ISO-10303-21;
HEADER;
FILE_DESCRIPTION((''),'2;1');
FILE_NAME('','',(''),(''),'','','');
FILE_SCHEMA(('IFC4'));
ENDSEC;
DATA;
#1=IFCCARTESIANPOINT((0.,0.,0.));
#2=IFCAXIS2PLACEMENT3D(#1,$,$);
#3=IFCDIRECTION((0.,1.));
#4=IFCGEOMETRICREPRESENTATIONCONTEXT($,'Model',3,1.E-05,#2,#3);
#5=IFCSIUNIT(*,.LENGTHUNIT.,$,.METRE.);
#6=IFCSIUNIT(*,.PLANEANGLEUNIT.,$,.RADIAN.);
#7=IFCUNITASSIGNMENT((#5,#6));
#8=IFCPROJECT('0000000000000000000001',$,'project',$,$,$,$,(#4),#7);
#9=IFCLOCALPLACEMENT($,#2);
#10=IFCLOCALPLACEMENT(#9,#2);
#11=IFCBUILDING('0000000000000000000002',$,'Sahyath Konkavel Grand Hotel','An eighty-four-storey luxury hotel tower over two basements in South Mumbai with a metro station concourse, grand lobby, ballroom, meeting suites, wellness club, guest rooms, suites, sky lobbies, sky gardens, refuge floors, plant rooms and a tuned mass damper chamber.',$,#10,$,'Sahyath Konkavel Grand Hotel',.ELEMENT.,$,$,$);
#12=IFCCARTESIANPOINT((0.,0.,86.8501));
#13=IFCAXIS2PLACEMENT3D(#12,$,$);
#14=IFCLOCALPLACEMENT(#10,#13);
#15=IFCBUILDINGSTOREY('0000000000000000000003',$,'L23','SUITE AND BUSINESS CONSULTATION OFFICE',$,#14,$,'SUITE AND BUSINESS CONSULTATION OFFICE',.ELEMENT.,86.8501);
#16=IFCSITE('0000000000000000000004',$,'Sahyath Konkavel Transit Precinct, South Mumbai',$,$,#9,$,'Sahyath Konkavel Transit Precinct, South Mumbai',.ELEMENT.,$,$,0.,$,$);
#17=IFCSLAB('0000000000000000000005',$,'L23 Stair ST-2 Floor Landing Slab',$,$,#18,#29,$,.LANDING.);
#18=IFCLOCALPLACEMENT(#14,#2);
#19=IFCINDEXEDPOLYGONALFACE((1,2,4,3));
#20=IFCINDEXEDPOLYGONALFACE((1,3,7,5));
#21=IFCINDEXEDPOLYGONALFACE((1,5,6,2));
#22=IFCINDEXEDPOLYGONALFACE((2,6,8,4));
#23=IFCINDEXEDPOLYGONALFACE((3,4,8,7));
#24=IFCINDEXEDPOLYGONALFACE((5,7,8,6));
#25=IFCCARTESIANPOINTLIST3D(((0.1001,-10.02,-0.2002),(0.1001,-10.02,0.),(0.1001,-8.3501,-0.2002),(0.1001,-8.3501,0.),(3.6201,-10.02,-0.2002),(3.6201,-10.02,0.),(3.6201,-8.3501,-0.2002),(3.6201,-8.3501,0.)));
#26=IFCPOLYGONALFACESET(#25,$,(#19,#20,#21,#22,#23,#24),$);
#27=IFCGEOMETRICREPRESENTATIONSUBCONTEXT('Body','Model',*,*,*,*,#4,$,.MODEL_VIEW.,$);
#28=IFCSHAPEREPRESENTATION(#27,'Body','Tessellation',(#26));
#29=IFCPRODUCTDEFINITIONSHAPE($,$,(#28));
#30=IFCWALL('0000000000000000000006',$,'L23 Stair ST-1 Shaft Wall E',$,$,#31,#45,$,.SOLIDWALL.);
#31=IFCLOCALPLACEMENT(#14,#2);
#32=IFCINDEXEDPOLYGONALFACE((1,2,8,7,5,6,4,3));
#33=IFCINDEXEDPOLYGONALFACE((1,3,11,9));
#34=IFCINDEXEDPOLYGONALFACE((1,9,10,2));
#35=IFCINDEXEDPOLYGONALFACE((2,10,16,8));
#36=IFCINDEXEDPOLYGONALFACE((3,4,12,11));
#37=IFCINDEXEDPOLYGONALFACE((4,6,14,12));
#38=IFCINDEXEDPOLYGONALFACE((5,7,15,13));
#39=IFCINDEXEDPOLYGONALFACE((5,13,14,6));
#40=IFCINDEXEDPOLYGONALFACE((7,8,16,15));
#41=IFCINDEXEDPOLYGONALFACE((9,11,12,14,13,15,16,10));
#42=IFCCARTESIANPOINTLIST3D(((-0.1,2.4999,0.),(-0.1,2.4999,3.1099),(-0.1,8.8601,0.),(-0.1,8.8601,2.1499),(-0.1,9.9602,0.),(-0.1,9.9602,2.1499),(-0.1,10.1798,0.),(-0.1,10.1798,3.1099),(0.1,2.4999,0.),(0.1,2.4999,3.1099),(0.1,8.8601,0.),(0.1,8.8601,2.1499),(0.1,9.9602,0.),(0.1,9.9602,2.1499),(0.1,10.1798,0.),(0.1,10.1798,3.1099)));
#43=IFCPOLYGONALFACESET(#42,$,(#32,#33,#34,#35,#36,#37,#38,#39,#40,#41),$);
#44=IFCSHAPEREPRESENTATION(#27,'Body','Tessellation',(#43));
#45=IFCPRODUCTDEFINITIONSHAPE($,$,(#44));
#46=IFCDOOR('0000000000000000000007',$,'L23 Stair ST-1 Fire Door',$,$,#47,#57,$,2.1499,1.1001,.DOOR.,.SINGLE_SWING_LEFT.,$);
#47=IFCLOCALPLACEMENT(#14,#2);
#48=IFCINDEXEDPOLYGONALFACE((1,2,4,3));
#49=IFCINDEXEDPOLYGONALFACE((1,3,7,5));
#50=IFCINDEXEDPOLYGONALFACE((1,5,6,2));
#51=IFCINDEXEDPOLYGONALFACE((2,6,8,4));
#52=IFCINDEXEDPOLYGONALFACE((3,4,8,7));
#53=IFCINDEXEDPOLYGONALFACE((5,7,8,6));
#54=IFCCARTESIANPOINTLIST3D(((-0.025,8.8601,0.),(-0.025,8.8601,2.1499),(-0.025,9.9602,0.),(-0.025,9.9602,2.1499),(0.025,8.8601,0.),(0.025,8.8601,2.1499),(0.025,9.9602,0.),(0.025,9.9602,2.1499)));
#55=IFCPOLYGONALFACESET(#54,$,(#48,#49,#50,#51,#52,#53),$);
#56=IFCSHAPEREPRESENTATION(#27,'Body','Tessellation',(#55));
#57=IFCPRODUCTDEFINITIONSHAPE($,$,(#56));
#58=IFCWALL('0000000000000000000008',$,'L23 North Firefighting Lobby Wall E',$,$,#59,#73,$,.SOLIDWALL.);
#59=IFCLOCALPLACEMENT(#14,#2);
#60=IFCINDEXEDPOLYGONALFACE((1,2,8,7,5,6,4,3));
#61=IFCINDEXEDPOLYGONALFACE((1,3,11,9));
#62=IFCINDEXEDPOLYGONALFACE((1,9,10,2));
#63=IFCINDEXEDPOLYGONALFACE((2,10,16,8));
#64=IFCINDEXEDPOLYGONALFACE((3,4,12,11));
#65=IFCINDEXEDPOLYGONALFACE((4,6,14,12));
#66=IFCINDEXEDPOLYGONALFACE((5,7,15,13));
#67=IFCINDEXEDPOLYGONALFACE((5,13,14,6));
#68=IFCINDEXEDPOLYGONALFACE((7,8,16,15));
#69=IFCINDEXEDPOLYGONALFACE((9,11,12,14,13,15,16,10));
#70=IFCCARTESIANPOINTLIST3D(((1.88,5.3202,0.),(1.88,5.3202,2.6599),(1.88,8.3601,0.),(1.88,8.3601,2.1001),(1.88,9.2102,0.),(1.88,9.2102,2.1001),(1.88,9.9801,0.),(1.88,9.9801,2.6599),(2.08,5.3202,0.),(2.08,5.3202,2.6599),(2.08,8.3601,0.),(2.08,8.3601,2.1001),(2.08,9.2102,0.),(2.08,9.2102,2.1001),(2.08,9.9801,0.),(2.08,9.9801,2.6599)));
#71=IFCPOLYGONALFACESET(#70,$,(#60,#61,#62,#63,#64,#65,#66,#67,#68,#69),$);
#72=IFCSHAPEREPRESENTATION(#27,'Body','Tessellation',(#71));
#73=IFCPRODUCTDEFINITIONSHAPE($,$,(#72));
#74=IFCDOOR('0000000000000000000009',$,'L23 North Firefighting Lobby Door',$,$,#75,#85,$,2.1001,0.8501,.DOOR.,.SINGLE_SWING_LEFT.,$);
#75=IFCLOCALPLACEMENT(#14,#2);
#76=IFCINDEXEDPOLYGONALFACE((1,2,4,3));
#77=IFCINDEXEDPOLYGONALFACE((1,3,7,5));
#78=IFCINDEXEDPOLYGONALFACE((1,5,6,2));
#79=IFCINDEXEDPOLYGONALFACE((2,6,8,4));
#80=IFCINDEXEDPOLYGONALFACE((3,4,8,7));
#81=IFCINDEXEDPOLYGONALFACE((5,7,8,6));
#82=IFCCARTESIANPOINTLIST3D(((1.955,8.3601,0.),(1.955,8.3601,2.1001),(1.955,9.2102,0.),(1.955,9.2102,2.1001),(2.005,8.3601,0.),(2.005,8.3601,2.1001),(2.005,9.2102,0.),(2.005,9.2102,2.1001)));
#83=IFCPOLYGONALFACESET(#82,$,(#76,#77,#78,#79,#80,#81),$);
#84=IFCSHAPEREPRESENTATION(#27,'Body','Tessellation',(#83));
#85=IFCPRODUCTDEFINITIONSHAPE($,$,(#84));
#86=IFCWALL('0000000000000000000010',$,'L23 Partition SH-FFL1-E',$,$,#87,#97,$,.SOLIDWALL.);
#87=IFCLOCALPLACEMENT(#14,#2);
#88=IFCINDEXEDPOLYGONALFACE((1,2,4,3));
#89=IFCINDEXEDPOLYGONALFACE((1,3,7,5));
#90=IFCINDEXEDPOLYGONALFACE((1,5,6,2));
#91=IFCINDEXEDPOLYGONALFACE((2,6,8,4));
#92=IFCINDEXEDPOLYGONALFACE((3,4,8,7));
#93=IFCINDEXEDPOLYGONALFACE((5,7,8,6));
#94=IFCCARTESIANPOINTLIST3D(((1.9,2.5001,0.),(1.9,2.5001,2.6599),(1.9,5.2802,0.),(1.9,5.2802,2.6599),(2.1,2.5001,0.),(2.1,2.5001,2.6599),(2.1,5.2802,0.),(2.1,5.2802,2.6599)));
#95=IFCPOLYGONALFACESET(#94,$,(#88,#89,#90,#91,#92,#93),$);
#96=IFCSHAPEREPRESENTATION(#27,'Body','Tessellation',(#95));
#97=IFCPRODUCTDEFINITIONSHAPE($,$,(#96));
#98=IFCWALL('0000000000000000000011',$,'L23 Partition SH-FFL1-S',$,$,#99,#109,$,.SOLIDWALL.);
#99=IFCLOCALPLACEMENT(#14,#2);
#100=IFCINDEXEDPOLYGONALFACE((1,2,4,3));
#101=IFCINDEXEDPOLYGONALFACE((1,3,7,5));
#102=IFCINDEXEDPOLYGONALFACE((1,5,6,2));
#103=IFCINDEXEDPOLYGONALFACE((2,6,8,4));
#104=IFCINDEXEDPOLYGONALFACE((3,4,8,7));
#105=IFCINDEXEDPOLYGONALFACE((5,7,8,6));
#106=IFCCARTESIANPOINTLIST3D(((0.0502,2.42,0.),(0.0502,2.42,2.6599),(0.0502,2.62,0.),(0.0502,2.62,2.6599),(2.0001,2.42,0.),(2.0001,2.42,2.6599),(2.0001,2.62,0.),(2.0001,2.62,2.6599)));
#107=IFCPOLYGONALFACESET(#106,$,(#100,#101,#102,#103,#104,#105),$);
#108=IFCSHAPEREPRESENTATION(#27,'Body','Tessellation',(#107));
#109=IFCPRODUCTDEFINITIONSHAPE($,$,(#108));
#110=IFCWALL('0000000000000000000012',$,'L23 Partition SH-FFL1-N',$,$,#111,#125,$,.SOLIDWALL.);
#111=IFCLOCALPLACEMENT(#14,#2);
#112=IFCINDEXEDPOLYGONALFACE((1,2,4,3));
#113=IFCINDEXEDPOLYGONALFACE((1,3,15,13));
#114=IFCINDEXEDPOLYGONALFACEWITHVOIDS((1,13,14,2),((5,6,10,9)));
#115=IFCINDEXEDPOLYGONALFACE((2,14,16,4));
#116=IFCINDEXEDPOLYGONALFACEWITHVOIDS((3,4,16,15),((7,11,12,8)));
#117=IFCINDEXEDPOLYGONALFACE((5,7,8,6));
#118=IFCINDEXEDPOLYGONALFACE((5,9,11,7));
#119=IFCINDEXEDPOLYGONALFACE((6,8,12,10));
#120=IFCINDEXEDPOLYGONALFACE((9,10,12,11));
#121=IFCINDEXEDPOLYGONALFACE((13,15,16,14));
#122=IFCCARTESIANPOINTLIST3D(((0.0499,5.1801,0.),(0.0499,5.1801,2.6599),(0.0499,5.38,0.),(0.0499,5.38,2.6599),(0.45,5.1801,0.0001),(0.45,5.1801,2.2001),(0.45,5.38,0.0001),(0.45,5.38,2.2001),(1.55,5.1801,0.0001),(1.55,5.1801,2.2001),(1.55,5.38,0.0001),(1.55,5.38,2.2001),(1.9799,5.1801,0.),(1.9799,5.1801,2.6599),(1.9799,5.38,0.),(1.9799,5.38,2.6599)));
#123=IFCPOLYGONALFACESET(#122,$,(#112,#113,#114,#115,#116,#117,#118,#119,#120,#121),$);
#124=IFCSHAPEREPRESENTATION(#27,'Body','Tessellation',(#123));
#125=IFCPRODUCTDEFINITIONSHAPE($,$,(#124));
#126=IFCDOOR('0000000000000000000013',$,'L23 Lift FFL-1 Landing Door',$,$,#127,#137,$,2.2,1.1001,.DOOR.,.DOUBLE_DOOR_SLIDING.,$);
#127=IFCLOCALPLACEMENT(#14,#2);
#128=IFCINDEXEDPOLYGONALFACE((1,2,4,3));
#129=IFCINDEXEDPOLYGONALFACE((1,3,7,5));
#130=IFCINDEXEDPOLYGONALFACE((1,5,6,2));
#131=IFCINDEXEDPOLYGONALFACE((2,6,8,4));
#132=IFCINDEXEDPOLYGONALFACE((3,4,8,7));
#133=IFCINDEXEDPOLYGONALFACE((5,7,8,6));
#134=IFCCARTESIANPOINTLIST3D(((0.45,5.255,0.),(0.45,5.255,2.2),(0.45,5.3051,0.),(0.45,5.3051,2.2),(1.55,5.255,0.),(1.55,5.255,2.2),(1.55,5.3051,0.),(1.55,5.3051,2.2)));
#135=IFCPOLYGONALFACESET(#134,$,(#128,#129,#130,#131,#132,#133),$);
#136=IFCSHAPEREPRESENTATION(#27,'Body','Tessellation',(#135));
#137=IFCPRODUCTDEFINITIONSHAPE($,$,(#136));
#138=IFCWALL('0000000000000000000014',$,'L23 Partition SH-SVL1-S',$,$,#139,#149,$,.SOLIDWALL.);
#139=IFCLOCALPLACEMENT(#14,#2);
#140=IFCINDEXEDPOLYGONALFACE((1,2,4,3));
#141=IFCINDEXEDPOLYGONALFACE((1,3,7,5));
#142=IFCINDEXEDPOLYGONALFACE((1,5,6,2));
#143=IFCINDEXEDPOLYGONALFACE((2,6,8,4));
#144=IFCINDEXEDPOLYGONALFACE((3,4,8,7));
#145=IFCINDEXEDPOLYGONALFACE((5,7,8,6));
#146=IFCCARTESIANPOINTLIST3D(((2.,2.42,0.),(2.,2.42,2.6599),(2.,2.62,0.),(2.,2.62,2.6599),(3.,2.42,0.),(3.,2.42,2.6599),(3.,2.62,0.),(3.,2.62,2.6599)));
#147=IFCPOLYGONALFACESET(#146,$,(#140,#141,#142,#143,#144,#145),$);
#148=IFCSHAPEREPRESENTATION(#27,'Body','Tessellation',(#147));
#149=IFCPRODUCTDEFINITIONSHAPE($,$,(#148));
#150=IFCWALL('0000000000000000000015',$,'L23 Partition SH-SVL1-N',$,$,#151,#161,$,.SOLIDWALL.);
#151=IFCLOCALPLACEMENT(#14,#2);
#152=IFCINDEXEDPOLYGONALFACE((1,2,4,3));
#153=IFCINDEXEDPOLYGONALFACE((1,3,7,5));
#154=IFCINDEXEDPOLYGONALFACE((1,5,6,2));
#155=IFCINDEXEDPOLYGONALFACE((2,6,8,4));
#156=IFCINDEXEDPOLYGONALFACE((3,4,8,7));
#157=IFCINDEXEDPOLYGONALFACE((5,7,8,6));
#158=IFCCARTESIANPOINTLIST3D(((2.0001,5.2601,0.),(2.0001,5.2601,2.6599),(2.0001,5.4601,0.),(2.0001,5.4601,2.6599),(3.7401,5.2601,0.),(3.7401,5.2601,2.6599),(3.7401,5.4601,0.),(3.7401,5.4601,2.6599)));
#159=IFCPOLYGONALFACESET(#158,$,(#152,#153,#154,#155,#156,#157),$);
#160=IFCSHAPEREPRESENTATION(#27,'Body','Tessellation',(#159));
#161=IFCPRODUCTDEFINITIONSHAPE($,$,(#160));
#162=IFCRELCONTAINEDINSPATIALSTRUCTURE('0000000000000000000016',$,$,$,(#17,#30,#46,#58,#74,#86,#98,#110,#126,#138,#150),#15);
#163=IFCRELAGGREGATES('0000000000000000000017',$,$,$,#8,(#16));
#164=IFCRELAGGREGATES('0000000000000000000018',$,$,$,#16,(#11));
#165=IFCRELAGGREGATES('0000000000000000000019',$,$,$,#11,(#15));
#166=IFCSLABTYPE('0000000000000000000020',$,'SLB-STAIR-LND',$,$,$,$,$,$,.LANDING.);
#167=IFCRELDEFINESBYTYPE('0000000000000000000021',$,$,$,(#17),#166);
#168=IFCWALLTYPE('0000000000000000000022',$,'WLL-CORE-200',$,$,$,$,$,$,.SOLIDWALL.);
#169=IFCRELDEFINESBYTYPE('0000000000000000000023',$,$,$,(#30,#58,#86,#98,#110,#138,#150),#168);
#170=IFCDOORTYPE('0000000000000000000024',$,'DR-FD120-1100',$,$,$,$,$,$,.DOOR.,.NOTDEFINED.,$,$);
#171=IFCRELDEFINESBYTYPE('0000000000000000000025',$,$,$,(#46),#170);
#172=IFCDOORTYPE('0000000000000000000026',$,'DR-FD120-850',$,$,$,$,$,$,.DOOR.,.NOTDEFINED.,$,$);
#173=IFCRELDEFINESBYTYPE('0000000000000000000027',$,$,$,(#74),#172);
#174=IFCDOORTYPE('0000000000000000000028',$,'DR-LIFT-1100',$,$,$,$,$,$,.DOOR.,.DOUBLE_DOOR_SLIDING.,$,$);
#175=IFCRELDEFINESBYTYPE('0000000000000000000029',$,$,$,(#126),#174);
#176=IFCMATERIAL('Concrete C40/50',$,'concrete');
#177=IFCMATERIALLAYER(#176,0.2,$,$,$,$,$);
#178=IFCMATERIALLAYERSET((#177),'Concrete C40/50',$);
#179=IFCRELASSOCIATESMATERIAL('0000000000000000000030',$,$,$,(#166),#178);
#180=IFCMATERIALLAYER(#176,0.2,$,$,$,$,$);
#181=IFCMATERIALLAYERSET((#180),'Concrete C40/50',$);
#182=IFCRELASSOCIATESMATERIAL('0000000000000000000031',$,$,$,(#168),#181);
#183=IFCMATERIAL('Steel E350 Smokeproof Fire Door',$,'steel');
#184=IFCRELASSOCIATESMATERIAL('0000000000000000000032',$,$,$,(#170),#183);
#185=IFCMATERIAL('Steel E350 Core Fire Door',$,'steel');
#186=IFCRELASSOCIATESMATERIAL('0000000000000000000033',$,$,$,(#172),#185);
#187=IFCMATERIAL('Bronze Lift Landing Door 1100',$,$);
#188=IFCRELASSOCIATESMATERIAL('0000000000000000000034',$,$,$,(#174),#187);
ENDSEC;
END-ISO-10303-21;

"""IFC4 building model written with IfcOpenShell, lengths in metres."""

from ifc_helpers import new_model, si_unit, direction, frame, frame_2d, origin, origin_2d, place, context, subcontext, project, spatial, polyline, rectangle, outline, extrude, source, transform, mapped, material, layer, layer_set, type_object, element, fill, save


model = new_model("IFC4")

# Units and contexts
model_context = context("Model", 3, precision=1e-05, world=origin(), true_north=direction((0.0, 1.0)))
body_context = subcontext(model_context, "Body", "Model", "MODEL_VIEW")
ifc_project = project(units=[si_unit("LENGTHUNIT", "METRE"), si_unit("PLANEANGLEUNIT", "RADIAN")], contexts=[model_context])

# Site, building, storey
site_placement = place(None, origin())
site = spatial("IfcSite", under=ifc_project, at=site_placement, Name="Sahyath Konkavel Transit Precinct, South Mumbai", LongName="Sahyath Konkavel Transit Precinct, South Mumbai", CompositionType="ELEMENT", RefElevation=0.0)
building_placement = place(site_placement, origin())
building = spatial("IfcBuilding", under=site, at=building_placement, Name="Sahyath Konkavel Grand Hotel", Description="An eighty-four-storey luxury hotel tower over two basements in South Mumbai with a metro station concourse, grand lobby, ballroom, meeting suites, wellness club, guest rooms, suites, sky lobbies, sky gardens, refuge floors, plant rooms and a tuned mass damper chamber.", LongName="Sahyath Konkavel Grand Hotel", CompositionType="ELEMENT")
storey_placement = place(building_placement, frame((0.0, 0.0, 86.8501)))
storey = spatial("IfcBuildingStorey", under=building, at=storey_placement, Name="L23", Description="SUITE AND BUSINESS CONSULTATION OFFICE", LongName="SUITE AND BUSINESS CONSULTATION OFFICE", CompositionType="ELEMENT", Elevation=86.8501)

# Slab
ifc_material_1 = material(Name="Concrete C40/50", Category="concrete")
ifc_layer_1 = layer(ifc_material_1, 0.2)
ifc_layer_set_1 = layer_set([ifc_layer_1], Name="Concrete C40/50")
slab_type_1 = type_object("IfcSlabType", Name="SLB-STAIR-LND", PredefinedType="LANDING", material=ifc_layer_set_1)
slab_1_placement = place(storey_placement, frame((0.0, 0.0, -0.2002)))
element("IfcSlab", 1, at=slab_1_placement, inside=storey, type_object=slab_type_1, Name="L23 Stair ST-2 Floor Landing Slab", PredefinedType="LANDING", context=body_context, shape_type="SweptSolid", body=[
    extrude(outline(polyline([(0.1001, -10.02), (3.6201, -10.02), (3.6201, -8.3501), (0.1001, -8.3501), (0.1001, -10.02)])), origin(), (0.0, 0.0, 1.0), 0.2002),
])

# Walls, openings, doors
ifc_layer_2 = layer(ifc_material_1, 0.2)
ifc_layer_set_2 = layer_set([ifc_layer_2], Name="Concrete C40/50")
wall_type_1 = type_object("IfcWallType", Name="WLL-CORE-200", PredefinedType="SOLIDWALL", material=ifc_layer_set_2)
wall_1_placement = place(storey_placement, frame((0.0, 2.5, 0.0), z_axis=(0.0, 0.0, 1.0), x_axis=(0.0, 1.0, 0.0)))
wall_1 = element("IfcWall", 2, at=wall_1_placement, inside=storey, type_object=wall_type_1, Name="L23 Stair ST-1 Shaft Wall E", PredefinedType="SOLIDWALL", context=body_context, shape_type="SweptSolid", body=[
    extrude(rectangle(XDim=7.6799, YDim=0.2, at=frame_2d((3.8398, 0.0))), origin(), (0.0, 0.0, 1.0), 3.1099),
])
opening_1_placement = place(wall_1_placement, frame((6.3601, 0.0, 0.0)))
opening_1 = element("IfcOpeningElement", 3, at=opening_1_placement, cuts=wall_1, PredefinedType="OPENING", context=body_context, shape_type="SweptSolid", body=[
    extrude(rectangle(XDim=1.1001, YDim=2.1499, at=frame_2d((0.55, 1.075))), frame((0.0, 0.1099, 0.0), z_axis=(0.0, -1.0, 0.0), x_axis=(1.0, 0.0, 0.0)), (0.0, 0.0, 1.0), 0.22),
])
ifc_material_2 = material(Name="Steel E350 Smokeproof Fire Door", Category="steel")
door_type_1 = type_object("IfcDoorType", Name="DR-FD120-1100", OperationType="NOTDEFINED", PredefinedType="DOOR", material=ifc_material_2)
shared_shape_1 = source(origin(), body_context, "Body", "SweptSolid", [
    extrude(rectangle(XDim=1.1001, YDim=0.05, at=origin_2d()), origin(), (0.0, 0.0, 1.0), 2.1499),
])
door_1_placement = place(opening_1_placement, frame((0.55, 0.0, 0.0)))
door_1 = element("IfcDoor", 4, at=door_1_placement, inside=storey, type_object=door_type_1, Name="L23 Stair ST-1 Fire Door", OperationType="SINGLE_SWING_LEFT", OverallHeight=2.1499, OverallWidth=1.1001, PredefinedType="DOOR", context=body_context, shape_type="MappedRepresentation", body=[
    mapped(shared_shape_1, transform((0.0, 0.0, 0.0), scale=1.0)),
])
fill(opening_1, door_1)
wall_2_placement = place(storey_placement, frame((1.98, 5.3201, 0.0), z_axis=(0.0, 0.0, 1.0), x_axis=(0.0, 1.0, 0.0)))
wall_2 = element("IfcWall", 5, at=wall_2_placement, inside=storey, type_object=wall_type_1, Name="L23 North Firefighting Lobby Wall E", PredefinedType="SOLIDWALL", context=body_context, shape_type="SweptSolid", body=[
    extrude(rectangle(XDim=4.6599, YDim=0.2, at=frame_2d((2.3301, 0.0))), origin(), (0.0, 0.0, 1.0), 2.6599),
])
opening_2_placement = place(wall_2_placement, frame((3.04, 0.0, 0.0)))
opening_2 = element("IfcOpeningElement", 6, at=opening_2_placement, cuts=wall_2, PredefinedType="OPENING", context=body_context, shape_type="SweptSolid", body=[
    extrude(rectangle(XDim=0.8501, YDim=2.1001, at=frame_2d((0.425, 1.05))), frame((0.0, 0.1099, 0.0), z_axis=(0.0, -1.0, 0.0), x_axis=(1.0, 0.0, 0.0)), (0.0, 0.0, 1.0), 0.22),
])
ifc_material_3 = material(Name="Steel E350 Core Fire Door", Category="steel")
door_type_2 = type_object("IfcDoorType", Name="DR-FD120-850", OperationType="NOTDEFINED", PredefinedType="DOOR", material=ifc_material_3)
shared_shape_2 = source(origin(), body_context, "Body", "SweptSolid", [
    extrude(rectangle(XDim=0.8501, YDim=0.05, at=origin_2d()), origin(), (0.0, 0.0, 1.0), 2.1001),
])
door_2_placement = place(opening_2_placement, frame((0.425, 0.0, 0.0)))
door_2 = element("IfcDoor", 7, at=door_2_placement, inside=storey, type_object=door_type_2, Name="L23 North Firefighting Lobby Door", OperationType="SINGLE_SWING_LEFT", OverallHeight=2.1001, OverallWidth=0.8501, PredefinedType="DOOR", context=body_context, shape_type="MappedRepresentation", body=[
    mapped(shared_shape_2, transform((0.0, 0.0, 0.0), scale=1.0)),
])
fill(opening_2, door_2)

# Walls
wall_3_placement = place(storey_placement, frame((2.0, 2.5, 0.0), z_axis=(0.0, 0.0, 1.0), x_axis=(0.0, 1.0, 0.0)))
element("IfcWall", 8, at=wall_3_placement, inside=storey, type_object=wall_type_1, Name="L23 Partition SH-FFL1-E", PredefinedType="SOLIDWALL", context=body_context, shape_type="SweptSolid", body=[
    extrude(rectangle(XDim=2.78, YDim=0.2, at=frame_2d((1.3901, 0.0))), origin(), (0.0, 0.0, 1.0), 2.6599),
])
wall_4_placement = place(storey_placement, frame((0.05, 2.52, 0.0), z_axis=(0.0, 0.0, 1.0), x_axis=(1.0, 0.0, 0.0)))
element("IfcWall", 9, at=wall_4_placement, inside=storey, type_object=wall_type_1, Name="L23 Partition SH-FFL1-S", PredefinedType="SOLIDWALL", context=body_context, shape_type="SweptSolid", body=[
    extrude(rectangle(XDim=1.95, YDim=0.2, at=frame_2d((0.9751, 0.0))), origin(), (0.0, 0.0, 1.0), 2.6599),
])

# Wall, opening, door
wall_5_placement = place(storey_placement, frame((0.05, 5.28, 0.0), z_axis=(0.0, 0.0, 1.0), x_axis=(1.0, 0.0, 0.0)))
wall_5 = element("IfcWall", 10, at=wall_5_placement, inside=storey, type_object=wall_type_1, Name="L23 Partition SH-FFL1-N", PredefinedType="SOLIDWALL", context=body_context, shape_type="SweptSolid", body=[
    extrude(rectangle(XDim=1.9299, YDim=0.2, at=frame_2d((0.9648, 0.0))), origin(), (0.0, 0.0, 1.0), 2.6599),
])
opening_3_placement = place(wall_5_placement, frame((0.3999, 0.0, 0.0)))
opening_3 = element("IfcOpeningElement", 11, at=opening_3_placement, cuts=wall_5, PredefinedType="OPENING", context=body_context, shape_type="SweptSolid", body=[
    extrude(rectangle(XDim=1.1001, YDim=2.2, at=frame_2d((0.55, 1.1001))), frame((0.0, 0.1099, 0.0), z_axis=(0.0, -1.0, 0.0), x_axis=(1.0, 0.0, 0.0)), (0.0, 0.0, 1.0), 0.22),
])
ifc_material_4 = material(Name="Bronze Lift Landing Door 1100")
door_type_3 = type_object("IfcDoorType", Name="DR-LIFT-1100", OperationType="DOUBLE_DOOR_SLIDING", PredefinedType="DOOR", material=ifc_material_4)
shared_shape_3 = source(origin(), body_context, "Body", "SweptSolid", [
    extrude(rectangle(XDim=1.1001, YDim=0.05, at=origin_2d()), origin(), (0.0, 0.0, 1.0), 2.2),
])
door_3_placement = place(opening_3_placement, frame((0.55, 0.0, 0.0)))
door_3 = element("IfcDoor", 12, at=door_3_placement, inside=storey, type_object=door_type_3, Name="L23 Lift FFL-1 Landing Door", OperationType="DOUBLE_DOOR_SLIDING", OverallHeight=2.2, OverallWidth=1.1001, PredefinedType="DOOR", context=body_context, shape_type="MappedRepresentation", body=[
    mapped(shared_shape_3, transform((0.0, 0.0, 0.0), scale=1.0)),
])
fill(opening_3, door_3)

# Walls
wall_6_placement = place(storey_placement, frame((2.0, 2.52, 0.0), z_axis=(0.0, 0.0, 1.0), x_axis=(1.0, 0.0, 0.0)))
element("IfcWall", 13, at=wall_6_placement, inside=storey, type_object=wall_type_1, Name="L23 Partition SH-SVL1-S", PredefinedType="SOLIDWALL", context=body_context, shape_type="SweptSolid", body=[
    extrude(rectangle(XDim=1.0, YDim=0.2, at=frame_2d((0.5, 0.0))), origin(), (0.0, 0.0, 1.0), 2.6599),
])
wall_7_placement = place(storey_placement, frame((2.0, 5.3601, 0.0), z_axis=(0.0, 0.0, 1.0), x_axis=(1.0, 0.0, 0.0)))
element("IfcWall", 14, at=wall_7_placement, inside=storey, type_object=wall_type_1, Name="L23 Partition SH-SVL1-N", PredefinedType="SOLIDWALL", context=body_context, shape_type="SweptSolid", body=[
    extrude(rectangle(XDim=1.74, YDim=0.2, at=frame_2d((0.8701, 0.0))), origin(), (0.0, 0.0, 1.0), 2.6599),
])

save(model, "model.ifc")
